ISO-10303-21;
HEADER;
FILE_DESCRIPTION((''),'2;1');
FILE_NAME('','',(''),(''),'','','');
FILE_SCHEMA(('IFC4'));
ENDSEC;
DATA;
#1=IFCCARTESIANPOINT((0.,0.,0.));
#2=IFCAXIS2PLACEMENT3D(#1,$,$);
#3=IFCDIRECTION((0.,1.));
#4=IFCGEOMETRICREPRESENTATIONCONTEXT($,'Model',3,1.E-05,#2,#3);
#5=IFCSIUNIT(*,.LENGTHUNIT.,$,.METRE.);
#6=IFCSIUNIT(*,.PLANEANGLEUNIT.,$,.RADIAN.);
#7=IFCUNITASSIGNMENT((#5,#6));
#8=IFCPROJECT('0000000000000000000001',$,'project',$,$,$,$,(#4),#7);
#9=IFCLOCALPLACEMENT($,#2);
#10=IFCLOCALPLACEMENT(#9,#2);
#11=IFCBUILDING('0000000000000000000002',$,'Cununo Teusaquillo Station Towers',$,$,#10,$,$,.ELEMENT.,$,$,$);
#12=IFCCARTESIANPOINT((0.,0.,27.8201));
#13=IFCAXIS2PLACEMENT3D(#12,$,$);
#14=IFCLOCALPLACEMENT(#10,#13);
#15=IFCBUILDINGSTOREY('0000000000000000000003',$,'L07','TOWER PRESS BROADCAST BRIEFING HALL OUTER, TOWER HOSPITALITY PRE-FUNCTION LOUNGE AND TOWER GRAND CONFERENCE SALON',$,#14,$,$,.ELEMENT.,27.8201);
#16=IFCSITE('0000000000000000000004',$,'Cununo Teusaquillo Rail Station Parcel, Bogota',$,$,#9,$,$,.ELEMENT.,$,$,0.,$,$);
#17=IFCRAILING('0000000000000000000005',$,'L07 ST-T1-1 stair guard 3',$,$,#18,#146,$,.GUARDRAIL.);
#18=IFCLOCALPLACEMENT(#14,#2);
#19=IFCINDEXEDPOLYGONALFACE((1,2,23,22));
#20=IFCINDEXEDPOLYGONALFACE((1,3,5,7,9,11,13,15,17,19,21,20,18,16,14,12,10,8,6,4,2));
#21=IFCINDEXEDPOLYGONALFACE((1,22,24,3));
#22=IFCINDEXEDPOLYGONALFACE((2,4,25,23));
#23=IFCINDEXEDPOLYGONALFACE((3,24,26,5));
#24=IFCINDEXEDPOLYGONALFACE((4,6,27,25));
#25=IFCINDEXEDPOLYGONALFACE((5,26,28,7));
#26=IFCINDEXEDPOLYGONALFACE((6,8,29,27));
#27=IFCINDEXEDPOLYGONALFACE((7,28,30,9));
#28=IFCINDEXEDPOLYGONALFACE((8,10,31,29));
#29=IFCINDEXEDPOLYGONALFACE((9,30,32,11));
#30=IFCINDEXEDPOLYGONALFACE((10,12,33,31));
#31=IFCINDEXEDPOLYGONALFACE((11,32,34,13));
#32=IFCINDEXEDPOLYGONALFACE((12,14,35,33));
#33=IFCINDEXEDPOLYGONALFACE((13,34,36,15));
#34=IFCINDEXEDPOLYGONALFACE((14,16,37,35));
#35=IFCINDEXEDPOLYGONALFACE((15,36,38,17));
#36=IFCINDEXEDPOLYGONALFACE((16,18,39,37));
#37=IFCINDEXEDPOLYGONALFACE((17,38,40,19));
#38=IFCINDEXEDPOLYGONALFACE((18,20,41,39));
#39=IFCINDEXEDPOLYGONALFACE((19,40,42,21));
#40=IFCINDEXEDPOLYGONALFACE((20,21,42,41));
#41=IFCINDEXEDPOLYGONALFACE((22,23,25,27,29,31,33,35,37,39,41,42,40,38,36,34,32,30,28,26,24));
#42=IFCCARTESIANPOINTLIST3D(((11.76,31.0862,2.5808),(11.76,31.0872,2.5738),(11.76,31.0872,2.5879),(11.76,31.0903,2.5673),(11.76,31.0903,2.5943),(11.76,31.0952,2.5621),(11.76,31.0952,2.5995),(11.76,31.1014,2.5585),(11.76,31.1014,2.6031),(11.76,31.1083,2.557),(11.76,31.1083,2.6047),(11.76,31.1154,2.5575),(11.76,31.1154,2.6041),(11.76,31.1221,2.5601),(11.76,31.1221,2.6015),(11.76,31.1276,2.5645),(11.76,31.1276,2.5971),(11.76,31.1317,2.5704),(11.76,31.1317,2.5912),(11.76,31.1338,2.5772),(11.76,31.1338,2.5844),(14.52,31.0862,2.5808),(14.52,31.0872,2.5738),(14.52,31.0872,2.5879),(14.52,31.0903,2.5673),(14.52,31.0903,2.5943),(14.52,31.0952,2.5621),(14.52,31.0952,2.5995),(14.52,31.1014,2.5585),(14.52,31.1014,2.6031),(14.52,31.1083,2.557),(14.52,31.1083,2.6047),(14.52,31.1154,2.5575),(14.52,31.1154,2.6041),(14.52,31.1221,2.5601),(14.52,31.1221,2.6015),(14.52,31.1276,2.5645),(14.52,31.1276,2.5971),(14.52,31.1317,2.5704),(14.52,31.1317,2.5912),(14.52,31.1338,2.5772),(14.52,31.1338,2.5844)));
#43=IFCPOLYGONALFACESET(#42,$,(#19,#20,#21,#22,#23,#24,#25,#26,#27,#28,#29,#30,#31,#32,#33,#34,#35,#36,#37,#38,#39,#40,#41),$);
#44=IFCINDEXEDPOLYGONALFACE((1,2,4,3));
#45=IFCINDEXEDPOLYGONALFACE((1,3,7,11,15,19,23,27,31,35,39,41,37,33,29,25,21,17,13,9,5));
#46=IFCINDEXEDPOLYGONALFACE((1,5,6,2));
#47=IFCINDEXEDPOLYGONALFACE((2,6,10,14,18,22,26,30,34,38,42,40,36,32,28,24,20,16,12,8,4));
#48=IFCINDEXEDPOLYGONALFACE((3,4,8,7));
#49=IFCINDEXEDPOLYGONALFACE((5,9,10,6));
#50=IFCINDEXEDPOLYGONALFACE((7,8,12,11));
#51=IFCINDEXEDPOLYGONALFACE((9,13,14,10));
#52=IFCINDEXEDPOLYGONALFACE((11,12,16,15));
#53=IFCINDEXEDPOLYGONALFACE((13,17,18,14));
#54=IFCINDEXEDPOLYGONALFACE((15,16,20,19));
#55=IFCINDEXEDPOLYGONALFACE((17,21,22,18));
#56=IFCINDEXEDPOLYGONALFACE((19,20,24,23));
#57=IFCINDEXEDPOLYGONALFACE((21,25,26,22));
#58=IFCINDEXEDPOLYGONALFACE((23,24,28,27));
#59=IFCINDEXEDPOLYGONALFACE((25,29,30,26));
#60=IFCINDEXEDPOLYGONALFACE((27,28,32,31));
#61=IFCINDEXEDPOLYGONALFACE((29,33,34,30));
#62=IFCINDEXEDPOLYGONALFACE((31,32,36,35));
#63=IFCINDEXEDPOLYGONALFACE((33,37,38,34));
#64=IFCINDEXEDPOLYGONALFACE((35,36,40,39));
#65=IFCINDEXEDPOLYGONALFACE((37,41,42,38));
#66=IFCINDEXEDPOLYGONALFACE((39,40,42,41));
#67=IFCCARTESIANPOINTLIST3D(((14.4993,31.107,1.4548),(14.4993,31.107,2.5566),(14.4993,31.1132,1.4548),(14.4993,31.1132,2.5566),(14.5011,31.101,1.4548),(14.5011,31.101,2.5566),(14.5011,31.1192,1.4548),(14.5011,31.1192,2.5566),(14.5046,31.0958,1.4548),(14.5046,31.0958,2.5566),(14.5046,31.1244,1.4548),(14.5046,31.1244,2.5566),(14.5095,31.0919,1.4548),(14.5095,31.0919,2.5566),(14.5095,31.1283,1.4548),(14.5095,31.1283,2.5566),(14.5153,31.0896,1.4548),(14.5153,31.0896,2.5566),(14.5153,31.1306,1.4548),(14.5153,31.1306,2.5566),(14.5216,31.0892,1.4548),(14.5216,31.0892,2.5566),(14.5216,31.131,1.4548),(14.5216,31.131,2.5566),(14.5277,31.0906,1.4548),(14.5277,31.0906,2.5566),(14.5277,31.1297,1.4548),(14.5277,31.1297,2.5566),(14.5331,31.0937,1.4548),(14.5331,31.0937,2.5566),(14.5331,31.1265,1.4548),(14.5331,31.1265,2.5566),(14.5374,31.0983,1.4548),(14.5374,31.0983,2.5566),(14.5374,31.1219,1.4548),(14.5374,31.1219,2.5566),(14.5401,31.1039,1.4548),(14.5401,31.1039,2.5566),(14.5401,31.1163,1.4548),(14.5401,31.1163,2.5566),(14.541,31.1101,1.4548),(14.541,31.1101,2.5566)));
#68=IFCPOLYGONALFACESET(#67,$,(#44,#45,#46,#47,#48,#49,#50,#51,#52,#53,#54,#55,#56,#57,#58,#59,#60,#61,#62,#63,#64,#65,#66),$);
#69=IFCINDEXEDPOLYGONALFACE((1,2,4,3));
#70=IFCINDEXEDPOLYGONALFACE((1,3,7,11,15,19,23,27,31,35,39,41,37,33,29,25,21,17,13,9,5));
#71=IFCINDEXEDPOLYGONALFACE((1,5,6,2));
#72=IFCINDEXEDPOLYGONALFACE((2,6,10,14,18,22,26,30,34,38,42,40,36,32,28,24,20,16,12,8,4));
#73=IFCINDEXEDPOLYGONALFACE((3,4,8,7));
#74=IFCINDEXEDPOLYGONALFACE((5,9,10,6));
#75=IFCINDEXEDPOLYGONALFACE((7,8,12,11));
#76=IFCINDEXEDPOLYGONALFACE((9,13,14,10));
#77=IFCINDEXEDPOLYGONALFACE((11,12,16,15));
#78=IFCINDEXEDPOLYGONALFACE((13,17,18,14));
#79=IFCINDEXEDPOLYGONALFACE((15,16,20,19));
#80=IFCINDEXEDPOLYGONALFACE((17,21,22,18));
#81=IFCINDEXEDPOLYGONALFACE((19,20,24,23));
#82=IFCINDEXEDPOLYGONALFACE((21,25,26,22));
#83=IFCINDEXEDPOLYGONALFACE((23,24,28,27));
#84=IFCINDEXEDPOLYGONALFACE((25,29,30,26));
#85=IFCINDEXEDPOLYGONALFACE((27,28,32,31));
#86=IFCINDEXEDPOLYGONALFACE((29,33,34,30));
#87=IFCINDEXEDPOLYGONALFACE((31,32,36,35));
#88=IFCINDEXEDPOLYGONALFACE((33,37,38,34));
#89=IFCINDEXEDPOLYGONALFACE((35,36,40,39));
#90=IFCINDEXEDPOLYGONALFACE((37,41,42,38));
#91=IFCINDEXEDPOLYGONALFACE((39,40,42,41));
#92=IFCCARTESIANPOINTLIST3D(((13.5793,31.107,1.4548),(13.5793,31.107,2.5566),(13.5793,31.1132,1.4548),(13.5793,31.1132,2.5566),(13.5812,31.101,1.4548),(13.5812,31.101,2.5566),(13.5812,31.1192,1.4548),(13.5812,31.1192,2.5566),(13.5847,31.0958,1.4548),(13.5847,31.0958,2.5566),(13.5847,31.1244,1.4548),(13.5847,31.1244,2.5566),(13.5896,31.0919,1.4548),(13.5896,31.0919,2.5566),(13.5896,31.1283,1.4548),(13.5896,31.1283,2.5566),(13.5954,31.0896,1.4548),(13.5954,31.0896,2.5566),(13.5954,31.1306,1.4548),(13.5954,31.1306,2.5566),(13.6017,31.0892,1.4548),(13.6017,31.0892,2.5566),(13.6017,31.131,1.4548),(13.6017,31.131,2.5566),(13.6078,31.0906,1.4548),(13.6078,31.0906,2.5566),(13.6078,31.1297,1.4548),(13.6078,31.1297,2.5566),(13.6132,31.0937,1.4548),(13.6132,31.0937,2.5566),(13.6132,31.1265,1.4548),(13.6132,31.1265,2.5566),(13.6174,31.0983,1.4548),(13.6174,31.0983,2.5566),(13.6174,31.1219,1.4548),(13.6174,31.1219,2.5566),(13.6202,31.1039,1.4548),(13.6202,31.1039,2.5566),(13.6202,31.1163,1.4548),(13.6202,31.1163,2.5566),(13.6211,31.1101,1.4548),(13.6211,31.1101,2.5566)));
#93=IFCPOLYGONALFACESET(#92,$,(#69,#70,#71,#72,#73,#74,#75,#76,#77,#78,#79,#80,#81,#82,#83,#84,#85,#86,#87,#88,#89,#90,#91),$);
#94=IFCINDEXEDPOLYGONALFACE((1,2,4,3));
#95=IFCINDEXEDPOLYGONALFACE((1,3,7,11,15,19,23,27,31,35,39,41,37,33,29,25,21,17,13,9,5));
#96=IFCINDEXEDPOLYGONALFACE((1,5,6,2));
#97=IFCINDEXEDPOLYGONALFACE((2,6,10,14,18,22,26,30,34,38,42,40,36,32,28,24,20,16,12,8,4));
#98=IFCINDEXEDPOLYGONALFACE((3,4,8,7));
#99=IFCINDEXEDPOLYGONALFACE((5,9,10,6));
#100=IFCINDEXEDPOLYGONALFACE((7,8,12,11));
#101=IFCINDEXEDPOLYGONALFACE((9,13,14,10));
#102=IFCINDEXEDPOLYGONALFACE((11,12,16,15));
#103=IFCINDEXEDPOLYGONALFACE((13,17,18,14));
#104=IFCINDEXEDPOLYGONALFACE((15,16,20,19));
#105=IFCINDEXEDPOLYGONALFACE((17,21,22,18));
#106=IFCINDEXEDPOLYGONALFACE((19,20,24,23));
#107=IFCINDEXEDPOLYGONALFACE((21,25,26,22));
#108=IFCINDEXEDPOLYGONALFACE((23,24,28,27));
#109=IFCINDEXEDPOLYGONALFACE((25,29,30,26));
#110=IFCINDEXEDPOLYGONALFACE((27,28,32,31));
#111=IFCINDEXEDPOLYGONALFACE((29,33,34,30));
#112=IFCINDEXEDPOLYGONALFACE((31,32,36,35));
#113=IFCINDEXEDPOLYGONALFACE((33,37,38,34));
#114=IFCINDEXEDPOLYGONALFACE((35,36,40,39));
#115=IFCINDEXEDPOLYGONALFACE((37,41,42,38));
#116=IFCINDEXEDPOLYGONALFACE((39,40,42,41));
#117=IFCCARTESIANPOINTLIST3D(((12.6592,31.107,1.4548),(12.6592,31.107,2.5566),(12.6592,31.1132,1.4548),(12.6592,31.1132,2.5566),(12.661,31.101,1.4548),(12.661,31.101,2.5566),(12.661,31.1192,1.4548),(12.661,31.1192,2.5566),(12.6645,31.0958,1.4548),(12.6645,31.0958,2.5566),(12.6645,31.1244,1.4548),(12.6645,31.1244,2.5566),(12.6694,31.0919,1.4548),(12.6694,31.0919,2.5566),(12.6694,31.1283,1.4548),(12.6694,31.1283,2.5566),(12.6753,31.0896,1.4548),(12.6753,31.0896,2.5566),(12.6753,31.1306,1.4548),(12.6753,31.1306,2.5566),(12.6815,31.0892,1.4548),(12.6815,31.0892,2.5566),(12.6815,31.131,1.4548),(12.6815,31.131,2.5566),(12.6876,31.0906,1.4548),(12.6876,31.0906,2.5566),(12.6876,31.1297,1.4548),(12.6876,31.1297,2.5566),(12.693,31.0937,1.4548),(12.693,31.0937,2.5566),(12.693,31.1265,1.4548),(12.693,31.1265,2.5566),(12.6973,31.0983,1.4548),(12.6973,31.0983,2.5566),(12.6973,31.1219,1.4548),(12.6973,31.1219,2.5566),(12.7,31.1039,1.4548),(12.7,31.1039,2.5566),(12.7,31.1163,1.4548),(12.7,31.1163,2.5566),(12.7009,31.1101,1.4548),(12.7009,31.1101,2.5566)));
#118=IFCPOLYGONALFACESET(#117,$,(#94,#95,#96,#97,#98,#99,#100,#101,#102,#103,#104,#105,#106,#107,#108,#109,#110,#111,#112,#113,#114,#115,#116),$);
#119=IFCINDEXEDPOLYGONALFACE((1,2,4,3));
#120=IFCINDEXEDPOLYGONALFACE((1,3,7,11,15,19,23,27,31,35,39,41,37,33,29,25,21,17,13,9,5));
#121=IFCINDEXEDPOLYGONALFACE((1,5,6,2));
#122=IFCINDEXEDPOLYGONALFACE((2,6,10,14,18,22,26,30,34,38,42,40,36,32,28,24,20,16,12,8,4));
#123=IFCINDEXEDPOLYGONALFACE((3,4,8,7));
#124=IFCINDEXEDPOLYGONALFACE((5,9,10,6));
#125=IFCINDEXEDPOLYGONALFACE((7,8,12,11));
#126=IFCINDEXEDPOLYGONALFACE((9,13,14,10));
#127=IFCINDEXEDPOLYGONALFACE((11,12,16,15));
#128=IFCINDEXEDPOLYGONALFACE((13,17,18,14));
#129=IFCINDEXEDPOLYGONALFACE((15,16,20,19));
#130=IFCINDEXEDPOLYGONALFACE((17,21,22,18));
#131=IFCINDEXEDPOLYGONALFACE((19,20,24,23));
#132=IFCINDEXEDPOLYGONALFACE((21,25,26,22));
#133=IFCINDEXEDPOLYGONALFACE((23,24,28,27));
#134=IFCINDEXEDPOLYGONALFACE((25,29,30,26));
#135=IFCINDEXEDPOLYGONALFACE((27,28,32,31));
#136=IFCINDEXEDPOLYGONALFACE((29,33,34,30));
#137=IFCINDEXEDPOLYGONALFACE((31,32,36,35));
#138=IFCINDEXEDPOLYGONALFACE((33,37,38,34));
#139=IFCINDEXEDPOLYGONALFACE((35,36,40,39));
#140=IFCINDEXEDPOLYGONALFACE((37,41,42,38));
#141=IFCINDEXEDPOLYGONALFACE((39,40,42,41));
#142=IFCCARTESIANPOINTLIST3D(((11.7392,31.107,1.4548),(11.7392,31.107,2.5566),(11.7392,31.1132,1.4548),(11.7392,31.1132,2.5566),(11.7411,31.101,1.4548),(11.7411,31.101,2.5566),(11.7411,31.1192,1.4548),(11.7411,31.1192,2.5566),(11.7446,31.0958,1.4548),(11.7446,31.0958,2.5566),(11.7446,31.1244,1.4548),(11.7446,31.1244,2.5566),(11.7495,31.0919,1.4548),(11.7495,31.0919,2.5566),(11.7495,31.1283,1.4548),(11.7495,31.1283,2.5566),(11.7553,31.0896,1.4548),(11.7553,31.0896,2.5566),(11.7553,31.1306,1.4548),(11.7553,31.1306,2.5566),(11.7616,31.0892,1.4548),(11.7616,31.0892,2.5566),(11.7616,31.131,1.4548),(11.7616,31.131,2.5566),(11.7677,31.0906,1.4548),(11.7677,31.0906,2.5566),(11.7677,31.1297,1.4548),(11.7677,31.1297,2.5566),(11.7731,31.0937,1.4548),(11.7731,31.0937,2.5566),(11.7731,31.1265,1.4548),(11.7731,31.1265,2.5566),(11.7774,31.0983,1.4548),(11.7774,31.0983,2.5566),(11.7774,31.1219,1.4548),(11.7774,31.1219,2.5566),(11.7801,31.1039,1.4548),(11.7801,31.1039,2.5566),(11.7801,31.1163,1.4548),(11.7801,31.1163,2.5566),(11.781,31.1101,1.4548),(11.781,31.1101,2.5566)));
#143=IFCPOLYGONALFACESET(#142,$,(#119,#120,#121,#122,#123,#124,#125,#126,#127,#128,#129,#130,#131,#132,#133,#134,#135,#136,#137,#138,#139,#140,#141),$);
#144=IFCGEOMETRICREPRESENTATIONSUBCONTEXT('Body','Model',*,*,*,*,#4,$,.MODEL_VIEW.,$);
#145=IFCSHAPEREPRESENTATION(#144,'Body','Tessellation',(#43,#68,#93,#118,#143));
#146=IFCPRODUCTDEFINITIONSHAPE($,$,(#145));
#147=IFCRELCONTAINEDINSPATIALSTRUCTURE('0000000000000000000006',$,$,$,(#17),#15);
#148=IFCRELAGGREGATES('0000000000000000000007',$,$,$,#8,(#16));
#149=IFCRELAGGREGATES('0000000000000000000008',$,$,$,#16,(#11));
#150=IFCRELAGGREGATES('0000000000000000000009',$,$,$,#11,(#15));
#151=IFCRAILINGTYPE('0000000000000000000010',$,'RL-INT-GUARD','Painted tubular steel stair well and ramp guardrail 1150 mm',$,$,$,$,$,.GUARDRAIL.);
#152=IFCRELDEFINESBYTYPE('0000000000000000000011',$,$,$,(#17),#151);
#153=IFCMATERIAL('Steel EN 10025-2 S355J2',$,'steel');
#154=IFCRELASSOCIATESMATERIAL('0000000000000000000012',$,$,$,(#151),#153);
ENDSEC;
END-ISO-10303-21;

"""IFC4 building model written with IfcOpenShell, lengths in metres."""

from ifc_helpers import new_model, si_unit, direction, frame, origin, origin_2d, place, context, subcontext, project, spatial, circle, extrude, material, type_object, element, save


model = new_model("IFC4")

# Units and contexts
model_context = context("Model", 3, precision=1e-05, world=origin(), true_north=direction((0.0, 1.0)))
body_context = subcontext(model_context, "Body", "Model", "MODEL_VIEW")
ifc_project = project(units=[si_unit("LENGTHUNIT", "METRE"), si_unit("PLANEANGLEUNIT", "RADIAN")], contexts=[model_context])

# Site, building, storey
site_placement = place(None, origin())
site = spatial("IfcSite", under=ifc_project, at=site_placement, Name="Cununo Teusaquillo Rail Station Parcel, Bogota", CompositionType="ELEMENT", RefElevation=0.0)
building_placement = place(site_placement, origin())
building = spatial("IfcBuilding", under=site, at=building_placement, Name="Cununo Teusaquillo Station Towers", CompositionType="ELEMENT")
storey_placement = place(building_placement, frame((0.0, 0.0, 27.8201)))
storey = spatial("IfcBuildingStorey", under=building, at=storey_placement, Name="L07", Description="TOWER PRESS BROADCAST BRIEFING HALL OUTER, TOWER HOSPITALITY PRE-FUNCTION LOUNGE AND TOWER GRAND CONFERENCE SALON", CompositionType="ELEMENT", Elevation=27.8201)

# Railing
ifc_material_1 = material(Name="Steel EN 10025-2 S355J2", Category="steel")
railing_type_1 = type_object("IfcRailingType", Name="RL-INT-GUARD", Description="Painted tubular steel stair well and ramp guardrail 1150 mm", PredefinedType="GUARDRAIL", material=ifc_material_1)
railing_1_placement = place(storey_placement, frame((14.52, 31.1101, 1.4548)))
element("IfcRailing", 1, at=railing_1_placement, inside=storey, type_object=railing_type_1, Name="L07 ST-T1-1 stair guard 3", PredefinedType="GUARDRAIL", context=body_context, shape_type="SweptSolid", body=[
    extrude(circle(Radius=0.0239, at=origin_2d()), frame((0.0, 0.0, 1.126), z_axis=(-1.0, 0.0, 0.0), x_axis=(0.0, -1.0, 0.0)), (0.0, 0.0, 1.0), 2.76),
    extrude(circle(Radius=0.021, at=origin_2d()), origin(), (0.0, 0.0, 1.0), 1.1018),
    extrude(circle(Radius=0.021, at=origin_2d()), frame((-0.9199, 0.0, 0.0)), (0.0, 0.0, 1.0), 1.1018),
    extrude(circle(Radius=0.021, at=origin_2d()), frame((-1.8401, 0.0, 0.0)), (0.0, 0.0, 1.0), 1.1018),
    extrude(circle(Radius=0.021, at=origin_2d()), frame((-2.76, 0.0, 0.0)), (0.0, 0.0, 1.0), 1.1018),
])

save(model, "model.ifc")
